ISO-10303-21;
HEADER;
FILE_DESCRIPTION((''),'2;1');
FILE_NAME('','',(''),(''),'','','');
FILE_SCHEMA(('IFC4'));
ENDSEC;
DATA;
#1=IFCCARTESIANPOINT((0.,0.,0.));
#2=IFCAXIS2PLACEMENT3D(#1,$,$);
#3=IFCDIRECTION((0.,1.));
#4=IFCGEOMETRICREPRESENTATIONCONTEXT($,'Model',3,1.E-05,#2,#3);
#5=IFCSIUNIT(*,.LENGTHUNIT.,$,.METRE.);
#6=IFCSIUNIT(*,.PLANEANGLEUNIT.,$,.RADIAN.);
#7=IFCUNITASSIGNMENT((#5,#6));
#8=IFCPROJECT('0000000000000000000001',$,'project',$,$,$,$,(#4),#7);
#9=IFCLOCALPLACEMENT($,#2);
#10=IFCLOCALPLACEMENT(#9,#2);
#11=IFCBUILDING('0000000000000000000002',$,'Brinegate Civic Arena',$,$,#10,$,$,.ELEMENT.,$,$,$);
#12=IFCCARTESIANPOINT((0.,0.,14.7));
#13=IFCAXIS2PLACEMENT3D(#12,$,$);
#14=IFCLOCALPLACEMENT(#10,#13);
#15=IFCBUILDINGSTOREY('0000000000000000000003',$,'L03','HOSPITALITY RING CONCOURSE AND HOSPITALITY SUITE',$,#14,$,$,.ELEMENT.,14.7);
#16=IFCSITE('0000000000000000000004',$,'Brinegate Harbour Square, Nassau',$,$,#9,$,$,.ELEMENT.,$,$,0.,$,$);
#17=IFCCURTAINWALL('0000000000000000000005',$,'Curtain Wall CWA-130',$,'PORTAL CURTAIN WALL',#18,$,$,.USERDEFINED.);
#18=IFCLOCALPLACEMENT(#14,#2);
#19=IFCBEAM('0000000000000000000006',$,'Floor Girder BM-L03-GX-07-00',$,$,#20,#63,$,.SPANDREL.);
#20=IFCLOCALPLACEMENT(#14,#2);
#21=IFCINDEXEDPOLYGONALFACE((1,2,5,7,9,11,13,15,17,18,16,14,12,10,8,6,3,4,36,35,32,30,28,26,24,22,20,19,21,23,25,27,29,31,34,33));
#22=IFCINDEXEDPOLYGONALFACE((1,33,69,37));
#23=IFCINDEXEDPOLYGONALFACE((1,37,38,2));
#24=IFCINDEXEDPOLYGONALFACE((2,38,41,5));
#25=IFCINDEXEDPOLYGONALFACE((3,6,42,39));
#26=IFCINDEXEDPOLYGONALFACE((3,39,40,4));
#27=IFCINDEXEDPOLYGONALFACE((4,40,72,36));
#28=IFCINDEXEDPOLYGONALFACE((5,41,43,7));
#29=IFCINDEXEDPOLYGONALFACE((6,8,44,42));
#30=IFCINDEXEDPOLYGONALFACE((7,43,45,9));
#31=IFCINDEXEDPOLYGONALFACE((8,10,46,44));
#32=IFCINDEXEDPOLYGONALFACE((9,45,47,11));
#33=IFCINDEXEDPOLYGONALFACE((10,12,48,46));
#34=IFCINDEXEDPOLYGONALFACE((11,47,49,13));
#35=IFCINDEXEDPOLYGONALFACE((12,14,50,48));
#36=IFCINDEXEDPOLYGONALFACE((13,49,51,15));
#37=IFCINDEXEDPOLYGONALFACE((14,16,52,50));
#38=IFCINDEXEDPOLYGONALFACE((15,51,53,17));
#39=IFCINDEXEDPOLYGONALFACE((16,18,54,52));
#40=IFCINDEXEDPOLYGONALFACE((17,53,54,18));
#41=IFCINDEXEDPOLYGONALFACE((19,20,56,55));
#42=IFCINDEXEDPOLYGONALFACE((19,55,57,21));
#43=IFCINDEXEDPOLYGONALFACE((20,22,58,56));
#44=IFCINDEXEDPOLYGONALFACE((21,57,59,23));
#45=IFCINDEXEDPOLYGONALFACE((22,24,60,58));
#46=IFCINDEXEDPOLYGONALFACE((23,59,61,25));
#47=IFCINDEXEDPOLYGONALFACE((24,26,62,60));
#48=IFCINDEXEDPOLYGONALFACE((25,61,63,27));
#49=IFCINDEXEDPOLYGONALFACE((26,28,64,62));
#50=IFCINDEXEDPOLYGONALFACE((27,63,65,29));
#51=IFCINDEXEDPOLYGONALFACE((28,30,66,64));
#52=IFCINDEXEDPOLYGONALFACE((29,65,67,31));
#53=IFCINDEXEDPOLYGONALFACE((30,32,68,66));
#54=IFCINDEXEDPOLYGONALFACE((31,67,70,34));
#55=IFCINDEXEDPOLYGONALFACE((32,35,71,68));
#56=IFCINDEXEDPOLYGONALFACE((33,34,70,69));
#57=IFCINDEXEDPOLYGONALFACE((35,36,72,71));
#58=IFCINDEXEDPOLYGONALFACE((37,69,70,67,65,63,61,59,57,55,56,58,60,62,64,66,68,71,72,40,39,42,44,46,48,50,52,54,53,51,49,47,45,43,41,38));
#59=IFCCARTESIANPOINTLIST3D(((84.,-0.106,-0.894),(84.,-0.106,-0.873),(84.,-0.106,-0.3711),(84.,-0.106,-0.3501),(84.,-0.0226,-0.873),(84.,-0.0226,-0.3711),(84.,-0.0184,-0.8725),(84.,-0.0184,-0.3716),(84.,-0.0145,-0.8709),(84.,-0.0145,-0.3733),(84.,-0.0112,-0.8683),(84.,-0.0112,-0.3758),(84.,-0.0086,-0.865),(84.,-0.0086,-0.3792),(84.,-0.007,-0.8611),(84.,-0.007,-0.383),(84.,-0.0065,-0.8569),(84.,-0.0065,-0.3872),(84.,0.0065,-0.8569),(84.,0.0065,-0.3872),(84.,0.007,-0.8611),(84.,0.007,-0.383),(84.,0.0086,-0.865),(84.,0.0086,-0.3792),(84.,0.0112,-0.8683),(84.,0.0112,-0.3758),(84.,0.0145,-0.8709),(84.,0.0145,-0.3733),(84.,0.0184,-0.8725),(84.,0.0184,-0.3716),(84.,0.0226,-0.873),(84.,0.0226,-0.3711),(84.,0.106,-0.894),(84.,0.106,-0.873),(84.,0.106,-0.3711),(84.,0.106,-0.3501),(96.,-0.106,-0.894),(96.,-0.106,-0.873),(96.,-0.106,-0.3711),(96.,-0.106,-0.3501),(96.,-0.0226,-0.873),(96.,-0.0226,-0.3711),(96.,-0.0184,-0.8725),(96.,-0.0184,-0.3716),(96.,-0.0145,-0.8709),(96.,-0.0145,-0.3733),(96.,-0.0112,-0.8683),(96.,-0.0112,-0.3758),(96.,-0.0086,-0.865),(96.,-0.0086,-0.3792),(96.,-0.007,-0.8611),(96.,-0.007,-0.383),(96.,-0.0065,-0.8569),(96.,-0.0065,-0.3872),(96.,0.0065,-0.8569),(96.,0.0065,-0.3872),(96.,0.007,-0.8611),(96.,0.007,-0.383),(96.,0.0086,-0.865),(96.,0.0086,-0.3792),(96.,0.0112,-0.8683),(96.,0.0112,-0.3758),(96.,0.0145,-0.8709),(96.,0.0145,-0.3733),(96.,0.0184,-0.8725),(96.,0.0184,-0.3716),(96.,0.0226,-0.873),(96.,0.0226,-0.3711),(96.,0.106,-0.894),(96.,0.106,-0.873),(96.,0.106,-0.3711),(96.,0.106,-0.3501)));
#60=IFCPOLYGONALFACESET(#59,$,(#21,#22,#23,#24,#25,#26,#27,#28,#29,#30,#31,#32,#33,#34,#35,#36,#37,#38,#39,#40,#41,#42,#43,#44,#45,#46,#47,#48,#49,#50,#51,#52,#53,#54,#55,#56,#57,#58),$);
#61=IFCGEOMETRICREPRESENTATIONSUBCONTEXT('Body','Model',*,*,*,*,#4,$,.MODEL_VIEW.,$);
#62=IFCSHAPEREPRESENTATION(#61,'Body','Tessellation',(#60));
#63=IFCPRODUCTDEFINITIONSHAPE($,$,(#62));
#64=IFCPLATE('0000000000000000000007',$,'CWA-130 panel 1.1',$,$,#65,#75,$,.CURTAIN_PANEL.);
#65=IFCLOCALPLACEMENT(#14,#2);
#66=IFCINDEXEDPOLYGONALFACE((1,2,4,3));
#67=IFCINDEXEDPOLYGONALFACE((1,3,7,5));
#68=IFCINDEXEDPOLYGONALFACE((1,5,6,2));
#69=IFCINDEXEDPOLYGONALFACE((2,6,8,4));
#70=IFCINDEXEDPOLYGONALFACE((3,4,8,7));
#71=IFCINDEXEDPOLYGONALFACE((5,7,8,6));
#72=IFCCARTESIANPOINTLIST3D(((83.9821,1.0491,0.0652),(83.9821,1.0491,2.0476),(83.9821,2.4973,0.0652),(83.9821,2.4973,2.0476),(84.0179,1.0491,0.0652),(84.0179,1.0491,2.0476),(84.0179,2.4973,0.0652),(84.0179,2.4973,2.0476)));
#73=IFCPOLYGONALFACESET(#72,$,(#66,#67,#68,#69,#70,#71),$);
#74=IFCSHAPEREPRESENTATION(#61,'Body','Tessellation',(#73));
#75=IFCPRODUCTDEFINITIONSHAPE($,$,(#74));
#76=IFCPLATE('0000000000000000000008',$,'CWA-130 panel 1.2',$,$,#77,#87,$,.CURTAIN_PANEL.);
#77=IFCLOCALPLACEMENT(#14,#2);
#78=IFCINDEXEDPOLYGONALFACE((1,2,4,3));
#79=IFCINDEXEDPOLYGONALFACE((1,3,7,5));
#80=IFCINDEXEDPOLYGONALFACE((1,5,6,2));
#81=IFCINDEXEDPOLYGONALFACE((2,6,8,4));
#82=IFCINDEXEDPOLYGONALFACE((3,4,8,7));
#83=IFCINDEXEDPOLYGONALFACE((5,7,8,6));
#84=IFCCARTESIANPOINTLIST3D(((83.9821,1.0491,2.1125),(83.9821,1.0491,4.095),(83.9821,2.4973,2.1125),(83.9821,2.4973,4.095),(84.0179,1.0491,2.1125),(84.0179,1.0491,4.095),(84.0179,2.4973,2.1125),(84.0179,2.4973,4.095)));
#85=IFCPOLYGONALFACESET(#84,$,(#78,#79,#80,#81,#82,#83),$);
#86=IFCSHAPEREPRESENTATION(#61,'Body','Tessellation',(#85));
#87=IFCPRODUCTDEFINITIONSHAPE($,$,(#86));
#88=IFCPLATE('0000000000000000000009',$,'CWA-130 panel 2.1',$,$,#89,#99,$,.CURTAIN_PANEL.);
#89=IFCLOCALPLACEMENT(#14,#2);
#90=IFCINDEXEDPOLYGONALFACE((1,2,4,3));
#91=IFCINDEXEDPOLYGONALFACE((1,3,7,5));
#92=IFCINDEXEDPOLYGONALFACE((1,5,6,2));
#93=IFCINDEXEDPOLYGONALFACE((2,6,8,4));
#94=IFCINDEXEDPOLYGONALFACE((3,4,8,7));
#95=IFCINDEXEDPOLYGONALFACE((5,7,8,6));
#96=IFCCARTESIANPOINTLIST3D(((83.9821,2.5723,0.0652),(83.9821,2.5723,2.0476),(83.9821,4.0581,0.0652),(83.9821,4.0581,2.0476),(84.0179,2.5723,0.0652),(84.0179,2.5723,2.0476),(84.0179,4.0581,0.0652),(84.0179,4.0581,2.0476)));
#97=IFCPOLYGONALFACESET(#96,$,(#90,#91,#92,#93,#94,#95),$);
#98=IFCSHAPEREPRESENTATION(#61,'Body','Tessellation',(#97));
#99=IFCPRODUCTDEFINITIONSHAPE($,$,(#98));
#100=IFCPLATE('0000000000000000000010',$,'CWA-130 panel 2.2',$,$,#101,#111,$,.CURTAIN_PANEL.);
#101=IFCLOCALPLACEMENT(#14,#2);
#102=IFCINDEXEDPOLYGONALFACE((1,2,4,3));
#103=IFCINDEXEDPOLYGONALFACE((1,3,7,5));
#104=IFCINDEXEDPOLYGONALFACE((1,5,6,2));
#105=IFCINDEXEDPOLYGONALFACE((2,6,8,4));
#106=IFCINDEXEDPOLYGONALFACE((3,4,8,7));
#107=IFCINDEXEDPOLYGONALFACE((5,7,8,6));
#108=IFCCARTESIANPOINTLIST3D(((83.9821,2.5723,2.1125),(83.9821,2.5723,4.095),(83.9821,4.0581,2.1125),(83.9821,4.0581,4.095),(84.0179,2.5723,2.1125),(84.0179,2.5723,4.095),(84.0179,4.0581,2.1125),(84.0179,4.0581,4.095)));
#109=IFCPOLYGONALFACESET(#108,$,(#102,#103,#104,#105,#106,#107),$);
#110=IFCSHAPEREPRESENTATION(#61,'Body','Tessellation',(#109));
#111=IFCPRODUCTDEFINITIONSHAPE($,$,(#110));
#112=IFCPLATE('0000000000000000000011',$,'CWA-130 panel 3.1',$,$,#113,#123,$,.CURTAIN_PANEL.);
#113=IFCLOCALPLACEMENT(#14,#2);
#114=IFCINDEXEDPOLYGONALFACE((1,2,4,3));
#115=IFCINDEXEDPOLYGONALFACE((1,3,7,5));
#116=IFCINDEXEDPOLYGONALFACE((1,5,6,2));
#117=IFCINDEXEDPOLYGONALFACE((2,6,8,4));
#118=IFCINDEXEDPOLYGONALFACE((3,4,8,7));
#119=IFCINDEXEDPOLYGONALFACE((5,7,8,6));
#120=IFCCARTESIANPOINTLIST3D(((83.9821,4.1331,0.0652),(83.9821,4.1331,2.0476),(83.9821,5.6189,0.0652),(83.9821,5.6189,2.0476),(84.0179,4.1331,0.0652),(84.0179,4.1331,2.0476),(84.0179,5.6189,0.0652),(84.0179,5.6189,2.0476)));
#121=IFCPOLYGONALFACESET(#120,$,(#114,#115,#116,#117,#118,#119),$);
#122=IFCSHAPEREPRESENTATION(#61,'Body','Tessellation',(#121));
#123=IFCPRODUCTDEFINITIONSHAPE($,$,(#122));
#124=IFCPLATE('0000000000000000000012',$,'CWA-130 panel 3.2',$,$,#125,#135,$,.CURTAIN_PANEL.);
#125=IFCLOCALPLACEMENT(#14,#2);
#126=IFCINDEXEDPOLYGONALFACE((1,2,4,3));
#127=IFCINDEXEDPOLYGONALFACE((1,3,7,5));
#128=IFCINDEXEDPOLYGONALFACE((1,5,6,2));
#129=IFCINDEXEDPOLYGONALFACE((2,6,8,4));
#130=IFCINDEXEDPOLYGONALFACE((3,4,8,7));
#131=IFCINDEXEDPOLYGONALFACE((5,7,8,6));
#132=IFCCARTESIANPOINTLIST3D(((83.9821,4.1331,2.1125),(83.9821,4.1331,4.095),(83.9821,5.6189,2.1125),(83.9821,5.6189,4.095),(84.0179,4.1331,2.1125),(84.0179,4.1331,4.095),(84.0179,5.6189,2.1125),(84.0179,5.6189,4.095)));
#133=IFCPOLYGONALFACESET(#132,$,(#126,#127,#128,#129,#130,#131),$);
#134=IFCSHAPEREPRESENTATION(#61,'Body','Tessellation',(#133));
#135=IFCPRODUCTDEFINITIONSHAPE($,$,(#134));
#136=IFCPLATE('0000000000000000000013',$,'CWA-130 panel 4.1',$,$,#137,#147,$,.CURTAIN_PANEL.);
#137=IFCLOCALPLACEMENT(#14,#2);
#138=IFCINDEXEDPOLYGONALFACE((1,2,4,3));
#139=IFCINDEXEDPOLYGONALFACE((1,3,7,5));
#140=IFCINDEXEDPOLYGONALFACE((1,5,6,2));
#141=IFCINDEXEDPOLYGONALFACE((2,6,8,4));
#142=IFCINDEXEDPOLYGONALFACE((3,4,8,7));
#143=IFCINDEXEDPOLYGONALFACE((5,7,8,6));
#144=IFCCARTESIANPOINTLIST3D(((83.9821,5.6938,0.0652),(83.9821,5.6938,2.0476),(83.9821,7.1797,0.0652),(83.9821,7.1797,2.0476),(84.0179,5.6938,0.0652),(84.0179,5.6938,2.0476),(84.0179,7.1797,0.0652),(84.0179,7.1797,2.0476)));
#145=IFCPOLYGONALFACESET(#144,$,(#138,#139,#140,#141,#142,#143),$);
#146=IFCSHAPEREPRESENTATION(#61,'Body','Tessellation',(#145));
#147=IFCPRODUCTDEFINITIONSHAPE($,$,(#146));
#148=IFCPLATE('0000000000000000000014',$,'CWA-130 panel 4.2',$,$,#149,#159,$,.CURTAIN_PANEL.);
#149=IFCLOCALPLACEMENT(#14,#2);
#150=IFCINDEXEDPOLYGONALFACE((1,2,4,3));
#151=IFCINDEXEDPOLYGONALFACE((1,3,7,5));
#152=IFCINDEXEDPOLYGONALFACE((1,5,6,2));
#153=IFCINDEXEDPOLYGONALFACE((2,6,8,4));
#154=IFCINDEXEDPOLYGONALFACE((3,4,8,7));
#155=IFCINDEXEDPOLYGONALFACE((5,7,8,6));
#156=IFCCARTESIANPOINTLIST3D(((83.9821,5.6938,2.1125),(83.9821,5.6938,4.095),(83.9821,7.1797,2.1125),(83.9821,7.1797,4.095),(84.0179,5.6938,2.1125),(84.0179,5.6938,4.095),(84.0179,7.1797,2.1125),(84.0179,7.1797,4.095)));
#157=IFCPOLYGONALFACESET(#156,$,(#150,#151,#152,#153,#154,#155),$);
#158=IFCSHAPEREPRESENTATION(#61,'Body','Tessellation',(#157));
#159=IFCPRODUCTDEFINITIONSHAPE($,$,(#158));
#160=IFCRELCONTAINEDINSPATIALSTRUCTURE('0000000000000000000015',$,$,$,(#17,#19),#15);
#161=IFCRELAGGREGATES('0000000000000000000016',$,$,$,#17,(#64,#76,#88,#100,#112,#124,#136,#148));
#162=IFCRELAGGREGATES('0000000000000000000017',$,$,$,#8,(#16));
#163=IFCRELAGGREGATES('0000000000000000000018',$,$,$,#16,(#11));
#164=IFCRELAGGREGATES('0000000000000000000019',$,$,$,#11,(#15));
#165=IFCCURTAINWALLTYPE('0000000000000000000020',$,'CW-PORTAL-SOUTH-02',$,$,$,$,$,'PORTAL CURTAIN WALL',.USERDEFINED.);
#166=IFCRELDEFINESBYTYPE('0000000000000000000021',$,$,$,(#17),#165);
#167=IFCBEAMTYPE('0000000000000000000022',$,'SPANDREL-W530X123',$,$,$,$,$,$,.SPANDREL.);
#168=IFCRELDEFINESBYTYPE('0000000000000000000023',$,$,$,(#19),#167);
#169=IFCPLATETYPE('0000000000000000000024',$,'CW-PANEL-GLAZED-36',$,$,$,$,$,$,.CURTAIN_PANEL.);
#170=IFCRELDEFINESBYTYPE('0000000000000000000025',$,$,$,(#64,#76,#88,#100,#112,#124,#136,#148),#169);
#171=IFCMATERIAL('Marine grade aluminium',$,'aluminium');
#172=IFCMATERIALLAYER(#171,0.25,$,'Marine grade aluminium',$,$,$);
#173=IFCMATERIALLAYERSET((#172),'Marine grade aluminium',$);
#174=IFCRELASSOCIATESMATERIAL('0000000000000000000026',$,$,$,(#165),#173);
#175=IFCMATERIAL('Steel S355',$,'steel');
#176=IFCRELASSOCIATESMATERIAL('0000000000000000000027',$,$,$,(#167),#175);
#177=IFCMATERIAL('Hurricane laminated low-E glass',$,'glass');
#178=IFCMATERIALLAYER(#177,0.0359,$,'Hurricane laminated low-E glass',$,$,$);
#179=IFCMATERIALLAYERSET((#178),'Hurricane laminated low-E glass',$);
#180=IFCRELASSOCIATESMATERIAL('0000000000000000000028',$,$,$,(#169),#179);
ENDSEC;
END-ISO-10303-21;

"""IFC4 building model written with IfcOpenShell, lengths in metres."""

from ifc_helpers import new_model, si_unit, direction, frame, origin, origin_2d, place, context, subcontext, project, spatial, rectangle, i_section, extrude, material, layer, layer_set, material_profile, profile_set, type_object, element, aggregate, save


model = new_model("IFC4")

# Units and contexts
model_context = context("Model", 3, precision=1e-05, world=origin(), true_north=direction((0.0, 1.0)))
body_context = subcontext(model_context, "Body", "Model", "MODEL_VIEW")
ifc_project = project(units=[si_unit("LENGTHUNIT", "METRE"), si_unit("PLANEANGLEUNIT", "RADIAN")], contexts=[model_context])

# Site, building, storey
site_placement = place(None, origin())
site = spatial("IfcSite", under=ifc_project, at=site_placement, Name="Brinegate Harbour Square, Nassau", CompositionType="ELEMENT", RefElevation=0.0)
building_placement = place(site_placement, origin())
building = spatial("IfcBuilding", under=site, at=building_placement, Name="Brinegate Civic Arena", CompositionType="ELEMENT")
storey_placement = place(building_placement, frame((0.0, 0.0, 14.7)))
storey = spatial("IfcBuildingStorey", under=building, at=storey_placement, Name="L03", Description="HOSPITALITY RING CONCOURSE AND HOSPITALITY SUITE", CompositionType="ELEMENT", Elevation=14.7)

# Shared definitions
ifc_material_1 = material(Name="Marine grade aluminium", Category="aluminium")
ifc_layer_1 = layer(ifc_material_1, 0.25, Name="Marine grade aluminium")
ifc_layer_set_1 = layer_set([ifc_layer_1], Name="Marine grade aluminium")
curtain_wall_type = type_object("IfcCurtainWallType", Name="CW-PORTAL-SOUTH-02", ElementType="PORTAL CURTAIN WALL", PredefinedType="USERDEFINED", material=ifc_layer_set_1)

# Curtain wall
curtain_wall_1_placement = place(storey_placement, origin())
curtain_wall_1 = element("IfcCurtainWall", 1, at=curtain_wall_1_placement, inside=storey, type_object=curtain_wall_type, Name="Curtain Wall CWA-130", ObjectType="PORTAL CURTAIN WALL", PredefinedType="USERDEFINED")

# Beam
ifc_material_2 = material(Name="Steel S355", Category="steel")
ifc_material_profile_1 = material_profile(ifc_material_2, i_section(OverallWidth=0.2119, OverallDepth=0.5439, WebThickness=0.0129, FlangeThickness=0.021, FilletRadius=0.0161, at=origin_2d()), Name="W530X123")
ifc_profile_set_1 = profile_set([ifc_material_profile_1], Name="Steel S355")
beam_type_1 = type_object("IfcBeamType", Name="SPANDREL-W530X123", PredefinedType="SPANDREL", material=ifc_profile_set_1)
beam_1_placement = place(storey_placement, frame((84.0, 0.0, -0.6221), z_axis=(1.0, 0.0, 0.0), x_axis=(0.0, 1.0, 0.0)))
element("IfcBeam", 2, at=beam_1_placement, inside=storey, type_object=beam_type_1, Name="Floor Girder BM-L03-GX-07-00", PredefinedType="SPANDREL", context=body_context, shape_type="SweptSolid", body=[
    extrude(i_section(OverallWidth=0.2119, OverallDepth=0.5439, WebThickness=0.0129, FlangeThickness=0.021, FilletRadius=0.0161, at=origin_2d()), origin(), (0.0, 0.0, 1.0), 12.0),
])

# Plates
ifc_material_3 = material(Name="Hurricane laminated low-E glass", Category="glass")
ifc_layer_2 = layer(ifc_material_3, 0.0359, Name="Hurricane laminated low-E glass")
ifc_layer_set_2 = layer_set([ifc_layer_2], Name="Hurricane laminated low-E glass")
plate_type = type_object("IfcPlateType", Name="CW-PANEL-GLAZED-36", PredefinedType="CURTAIN_PANEL", material=ifc_layer_set_2)
plate_1_placement = place(storey_placement, frame((84.0, 1.7732, 0.0652), z_axis=(0.0, 0.0, 1.0), x_axis=(0.0, 1.0, 0.0)))
plate_1 = element("IfcPlate", 3, at=plate_1_placement, type_object=plate_type, Name="CWA-130 panel 1.1", PredefinedType="CURTAIN_PANEL", context=body_context, shape_type="SweptSolid", body=[
    extrude(rectangle(XDim=1.4482, YDim=0.0359, at=origin_2d()), origin(), (0.0, 0.0, 1.0), 1.9824),
])
plate_2_placement = place(storey_placement, frame((84.0, 1.7732, 2.1125), z_axis=(0.0, 0.0, 1.0), x_axis=(0.0, 1.0, 0.0)))
plate_2 = element("IfcPlate", 4, at=plate_2_placement, type_object=plate_type, Name="CWA-130 panel 1.2", PredefinedType="CURTAIN_PANEL", context=body_context, shape_type="SweptSolid", body=[
    extrude(rectangle(XDim=1.4482, YDim=0.0359, at=origin_2d()), origin(), (0.0, 0.0, 1.0), 1.9824),
])
plate_3_placement = place(storey_placement, frame((84.0, 3.3152, 0.0652), z_axis=(0.0, 0.0, 1.0), x_axis=(0.0, 1.0, 0.0)))
plate_3 = element("IfcPlate", 5, at=plate_3_placement, type_object=plate_type, Name="CWA-130 panel 2.1", PredefinedType="CURTAIN_PANEL", context=body_context, shape_type="SweptSolid", body=[
    extrude(rectangle(XDim=1.4858, YDim=0.0359, at=origin_2d()), origin(), (0.0, 0.0, 1.0), 1.9824),
])
plate_4_placement = place(storey_placement, frame((84.0, 3.3152, 2.1125), z_axis=(0.0, 0.0, 1.0), x_axis=(0.0, 1.0, 0.0)))
plate_4 = element("IfcPlate", 6, at=plate_4_placement, type_object=plate_type, Name="CWA-130 panel 2.2", PredefinedType="CURTAIN_PANEL", context=body_context, shape_type="SweptSolid", body=[
    extrude(rectangle(XDim=1.4858, YDim=0.0359, at=origin_2d()), origin(), (0.0, 0.0, 1.0), 1.9824),
])
plate_5_placement = place(storey_placement, frame((84.0, 4.876, 0.0652), z_axis=(0.0, 0.0, 1.0), x_axis=(0.0, 1.0, 0.0)))
plate_5 = element("IfcPlate", 7, at=plate_5_placement, type_object=plate_type, Name="CWA-130 panel 3.1", PredefinedType="CURTAIN_PANEL", context=body_context, shape_type="SweptSolid", body=[
    extrude(rectangle(XDim=1.4858, YDim=0.0359, at=origin_2d()), origin(), (0.0, 0.0, 1.0), 1.9824),
])
plate_6_placement = place(storey_placement, frame((84.0, 4.876, 2.1125), z_axis=(0.0, 0.0, 1.0), x_axis=(0.0, 1.0, 0.0)))
plate_6 = element("IfcPlate", 8, at=plate_6_placement, type_object=plate_type, Name="CWA-130 panel 3.2", PredefinedType="CURTAIN_PANEL", context=body_context, shape_type="SweptSolid", body=[
    extrude(rectangle(XDim=1.4858, YDim=0.0359, at=origin_2d()), origin(), (0.0, 0.0, 1.0), 1.9824),
])
plate_7_placement = place(storey_placement, frame((84.0, 6.4368, 0.0652), z_axis=(0.0, 0.0, 1.0), x_axis=(0.0, 1.0, 0.0)))
plate_7 = element("IfcPlate", 9, at=plate_7_placement, type_object=plate_type, Name="CWA-130 panel 4.1", PredefinedType="CURTAIN_PANEL", context=body_context, shape_type="SweptSolid", body=[
    extrude(rectangle(XDim=1.4858, YDim=0.0359, at=origin_2d()), origin(), (0.0, 0.0, 1.0), 1.9824),
])
plate_8_placement = place(storey_placement, frame((84.0, 6.4368, 2.1125), z_axis=(0.0, 0.0, 1.0), x_axis=(0.0, 1.0, 0.0)))
plate_8 = element("IfcPlate", 10, at=plate_8_placement, type_object=plate_type, Name="CWA-130 panel 4.2", PredefinedType="CURTAIN_PANEL", context=body_context, shape_type="SweptSolid", body=[
    extrude(rectangle(XDim=1.4858, YDim=0.0359, at=origin_2d()), origin(), (0.0, 0.0, 1.0), 1.9824),
])
aggregate(curtain_wall_1, [plate_1, plate_2, plate_3, plate_4, plate_5, plate_6, plate_7, plate_8])

save(model, "model.ifc")
